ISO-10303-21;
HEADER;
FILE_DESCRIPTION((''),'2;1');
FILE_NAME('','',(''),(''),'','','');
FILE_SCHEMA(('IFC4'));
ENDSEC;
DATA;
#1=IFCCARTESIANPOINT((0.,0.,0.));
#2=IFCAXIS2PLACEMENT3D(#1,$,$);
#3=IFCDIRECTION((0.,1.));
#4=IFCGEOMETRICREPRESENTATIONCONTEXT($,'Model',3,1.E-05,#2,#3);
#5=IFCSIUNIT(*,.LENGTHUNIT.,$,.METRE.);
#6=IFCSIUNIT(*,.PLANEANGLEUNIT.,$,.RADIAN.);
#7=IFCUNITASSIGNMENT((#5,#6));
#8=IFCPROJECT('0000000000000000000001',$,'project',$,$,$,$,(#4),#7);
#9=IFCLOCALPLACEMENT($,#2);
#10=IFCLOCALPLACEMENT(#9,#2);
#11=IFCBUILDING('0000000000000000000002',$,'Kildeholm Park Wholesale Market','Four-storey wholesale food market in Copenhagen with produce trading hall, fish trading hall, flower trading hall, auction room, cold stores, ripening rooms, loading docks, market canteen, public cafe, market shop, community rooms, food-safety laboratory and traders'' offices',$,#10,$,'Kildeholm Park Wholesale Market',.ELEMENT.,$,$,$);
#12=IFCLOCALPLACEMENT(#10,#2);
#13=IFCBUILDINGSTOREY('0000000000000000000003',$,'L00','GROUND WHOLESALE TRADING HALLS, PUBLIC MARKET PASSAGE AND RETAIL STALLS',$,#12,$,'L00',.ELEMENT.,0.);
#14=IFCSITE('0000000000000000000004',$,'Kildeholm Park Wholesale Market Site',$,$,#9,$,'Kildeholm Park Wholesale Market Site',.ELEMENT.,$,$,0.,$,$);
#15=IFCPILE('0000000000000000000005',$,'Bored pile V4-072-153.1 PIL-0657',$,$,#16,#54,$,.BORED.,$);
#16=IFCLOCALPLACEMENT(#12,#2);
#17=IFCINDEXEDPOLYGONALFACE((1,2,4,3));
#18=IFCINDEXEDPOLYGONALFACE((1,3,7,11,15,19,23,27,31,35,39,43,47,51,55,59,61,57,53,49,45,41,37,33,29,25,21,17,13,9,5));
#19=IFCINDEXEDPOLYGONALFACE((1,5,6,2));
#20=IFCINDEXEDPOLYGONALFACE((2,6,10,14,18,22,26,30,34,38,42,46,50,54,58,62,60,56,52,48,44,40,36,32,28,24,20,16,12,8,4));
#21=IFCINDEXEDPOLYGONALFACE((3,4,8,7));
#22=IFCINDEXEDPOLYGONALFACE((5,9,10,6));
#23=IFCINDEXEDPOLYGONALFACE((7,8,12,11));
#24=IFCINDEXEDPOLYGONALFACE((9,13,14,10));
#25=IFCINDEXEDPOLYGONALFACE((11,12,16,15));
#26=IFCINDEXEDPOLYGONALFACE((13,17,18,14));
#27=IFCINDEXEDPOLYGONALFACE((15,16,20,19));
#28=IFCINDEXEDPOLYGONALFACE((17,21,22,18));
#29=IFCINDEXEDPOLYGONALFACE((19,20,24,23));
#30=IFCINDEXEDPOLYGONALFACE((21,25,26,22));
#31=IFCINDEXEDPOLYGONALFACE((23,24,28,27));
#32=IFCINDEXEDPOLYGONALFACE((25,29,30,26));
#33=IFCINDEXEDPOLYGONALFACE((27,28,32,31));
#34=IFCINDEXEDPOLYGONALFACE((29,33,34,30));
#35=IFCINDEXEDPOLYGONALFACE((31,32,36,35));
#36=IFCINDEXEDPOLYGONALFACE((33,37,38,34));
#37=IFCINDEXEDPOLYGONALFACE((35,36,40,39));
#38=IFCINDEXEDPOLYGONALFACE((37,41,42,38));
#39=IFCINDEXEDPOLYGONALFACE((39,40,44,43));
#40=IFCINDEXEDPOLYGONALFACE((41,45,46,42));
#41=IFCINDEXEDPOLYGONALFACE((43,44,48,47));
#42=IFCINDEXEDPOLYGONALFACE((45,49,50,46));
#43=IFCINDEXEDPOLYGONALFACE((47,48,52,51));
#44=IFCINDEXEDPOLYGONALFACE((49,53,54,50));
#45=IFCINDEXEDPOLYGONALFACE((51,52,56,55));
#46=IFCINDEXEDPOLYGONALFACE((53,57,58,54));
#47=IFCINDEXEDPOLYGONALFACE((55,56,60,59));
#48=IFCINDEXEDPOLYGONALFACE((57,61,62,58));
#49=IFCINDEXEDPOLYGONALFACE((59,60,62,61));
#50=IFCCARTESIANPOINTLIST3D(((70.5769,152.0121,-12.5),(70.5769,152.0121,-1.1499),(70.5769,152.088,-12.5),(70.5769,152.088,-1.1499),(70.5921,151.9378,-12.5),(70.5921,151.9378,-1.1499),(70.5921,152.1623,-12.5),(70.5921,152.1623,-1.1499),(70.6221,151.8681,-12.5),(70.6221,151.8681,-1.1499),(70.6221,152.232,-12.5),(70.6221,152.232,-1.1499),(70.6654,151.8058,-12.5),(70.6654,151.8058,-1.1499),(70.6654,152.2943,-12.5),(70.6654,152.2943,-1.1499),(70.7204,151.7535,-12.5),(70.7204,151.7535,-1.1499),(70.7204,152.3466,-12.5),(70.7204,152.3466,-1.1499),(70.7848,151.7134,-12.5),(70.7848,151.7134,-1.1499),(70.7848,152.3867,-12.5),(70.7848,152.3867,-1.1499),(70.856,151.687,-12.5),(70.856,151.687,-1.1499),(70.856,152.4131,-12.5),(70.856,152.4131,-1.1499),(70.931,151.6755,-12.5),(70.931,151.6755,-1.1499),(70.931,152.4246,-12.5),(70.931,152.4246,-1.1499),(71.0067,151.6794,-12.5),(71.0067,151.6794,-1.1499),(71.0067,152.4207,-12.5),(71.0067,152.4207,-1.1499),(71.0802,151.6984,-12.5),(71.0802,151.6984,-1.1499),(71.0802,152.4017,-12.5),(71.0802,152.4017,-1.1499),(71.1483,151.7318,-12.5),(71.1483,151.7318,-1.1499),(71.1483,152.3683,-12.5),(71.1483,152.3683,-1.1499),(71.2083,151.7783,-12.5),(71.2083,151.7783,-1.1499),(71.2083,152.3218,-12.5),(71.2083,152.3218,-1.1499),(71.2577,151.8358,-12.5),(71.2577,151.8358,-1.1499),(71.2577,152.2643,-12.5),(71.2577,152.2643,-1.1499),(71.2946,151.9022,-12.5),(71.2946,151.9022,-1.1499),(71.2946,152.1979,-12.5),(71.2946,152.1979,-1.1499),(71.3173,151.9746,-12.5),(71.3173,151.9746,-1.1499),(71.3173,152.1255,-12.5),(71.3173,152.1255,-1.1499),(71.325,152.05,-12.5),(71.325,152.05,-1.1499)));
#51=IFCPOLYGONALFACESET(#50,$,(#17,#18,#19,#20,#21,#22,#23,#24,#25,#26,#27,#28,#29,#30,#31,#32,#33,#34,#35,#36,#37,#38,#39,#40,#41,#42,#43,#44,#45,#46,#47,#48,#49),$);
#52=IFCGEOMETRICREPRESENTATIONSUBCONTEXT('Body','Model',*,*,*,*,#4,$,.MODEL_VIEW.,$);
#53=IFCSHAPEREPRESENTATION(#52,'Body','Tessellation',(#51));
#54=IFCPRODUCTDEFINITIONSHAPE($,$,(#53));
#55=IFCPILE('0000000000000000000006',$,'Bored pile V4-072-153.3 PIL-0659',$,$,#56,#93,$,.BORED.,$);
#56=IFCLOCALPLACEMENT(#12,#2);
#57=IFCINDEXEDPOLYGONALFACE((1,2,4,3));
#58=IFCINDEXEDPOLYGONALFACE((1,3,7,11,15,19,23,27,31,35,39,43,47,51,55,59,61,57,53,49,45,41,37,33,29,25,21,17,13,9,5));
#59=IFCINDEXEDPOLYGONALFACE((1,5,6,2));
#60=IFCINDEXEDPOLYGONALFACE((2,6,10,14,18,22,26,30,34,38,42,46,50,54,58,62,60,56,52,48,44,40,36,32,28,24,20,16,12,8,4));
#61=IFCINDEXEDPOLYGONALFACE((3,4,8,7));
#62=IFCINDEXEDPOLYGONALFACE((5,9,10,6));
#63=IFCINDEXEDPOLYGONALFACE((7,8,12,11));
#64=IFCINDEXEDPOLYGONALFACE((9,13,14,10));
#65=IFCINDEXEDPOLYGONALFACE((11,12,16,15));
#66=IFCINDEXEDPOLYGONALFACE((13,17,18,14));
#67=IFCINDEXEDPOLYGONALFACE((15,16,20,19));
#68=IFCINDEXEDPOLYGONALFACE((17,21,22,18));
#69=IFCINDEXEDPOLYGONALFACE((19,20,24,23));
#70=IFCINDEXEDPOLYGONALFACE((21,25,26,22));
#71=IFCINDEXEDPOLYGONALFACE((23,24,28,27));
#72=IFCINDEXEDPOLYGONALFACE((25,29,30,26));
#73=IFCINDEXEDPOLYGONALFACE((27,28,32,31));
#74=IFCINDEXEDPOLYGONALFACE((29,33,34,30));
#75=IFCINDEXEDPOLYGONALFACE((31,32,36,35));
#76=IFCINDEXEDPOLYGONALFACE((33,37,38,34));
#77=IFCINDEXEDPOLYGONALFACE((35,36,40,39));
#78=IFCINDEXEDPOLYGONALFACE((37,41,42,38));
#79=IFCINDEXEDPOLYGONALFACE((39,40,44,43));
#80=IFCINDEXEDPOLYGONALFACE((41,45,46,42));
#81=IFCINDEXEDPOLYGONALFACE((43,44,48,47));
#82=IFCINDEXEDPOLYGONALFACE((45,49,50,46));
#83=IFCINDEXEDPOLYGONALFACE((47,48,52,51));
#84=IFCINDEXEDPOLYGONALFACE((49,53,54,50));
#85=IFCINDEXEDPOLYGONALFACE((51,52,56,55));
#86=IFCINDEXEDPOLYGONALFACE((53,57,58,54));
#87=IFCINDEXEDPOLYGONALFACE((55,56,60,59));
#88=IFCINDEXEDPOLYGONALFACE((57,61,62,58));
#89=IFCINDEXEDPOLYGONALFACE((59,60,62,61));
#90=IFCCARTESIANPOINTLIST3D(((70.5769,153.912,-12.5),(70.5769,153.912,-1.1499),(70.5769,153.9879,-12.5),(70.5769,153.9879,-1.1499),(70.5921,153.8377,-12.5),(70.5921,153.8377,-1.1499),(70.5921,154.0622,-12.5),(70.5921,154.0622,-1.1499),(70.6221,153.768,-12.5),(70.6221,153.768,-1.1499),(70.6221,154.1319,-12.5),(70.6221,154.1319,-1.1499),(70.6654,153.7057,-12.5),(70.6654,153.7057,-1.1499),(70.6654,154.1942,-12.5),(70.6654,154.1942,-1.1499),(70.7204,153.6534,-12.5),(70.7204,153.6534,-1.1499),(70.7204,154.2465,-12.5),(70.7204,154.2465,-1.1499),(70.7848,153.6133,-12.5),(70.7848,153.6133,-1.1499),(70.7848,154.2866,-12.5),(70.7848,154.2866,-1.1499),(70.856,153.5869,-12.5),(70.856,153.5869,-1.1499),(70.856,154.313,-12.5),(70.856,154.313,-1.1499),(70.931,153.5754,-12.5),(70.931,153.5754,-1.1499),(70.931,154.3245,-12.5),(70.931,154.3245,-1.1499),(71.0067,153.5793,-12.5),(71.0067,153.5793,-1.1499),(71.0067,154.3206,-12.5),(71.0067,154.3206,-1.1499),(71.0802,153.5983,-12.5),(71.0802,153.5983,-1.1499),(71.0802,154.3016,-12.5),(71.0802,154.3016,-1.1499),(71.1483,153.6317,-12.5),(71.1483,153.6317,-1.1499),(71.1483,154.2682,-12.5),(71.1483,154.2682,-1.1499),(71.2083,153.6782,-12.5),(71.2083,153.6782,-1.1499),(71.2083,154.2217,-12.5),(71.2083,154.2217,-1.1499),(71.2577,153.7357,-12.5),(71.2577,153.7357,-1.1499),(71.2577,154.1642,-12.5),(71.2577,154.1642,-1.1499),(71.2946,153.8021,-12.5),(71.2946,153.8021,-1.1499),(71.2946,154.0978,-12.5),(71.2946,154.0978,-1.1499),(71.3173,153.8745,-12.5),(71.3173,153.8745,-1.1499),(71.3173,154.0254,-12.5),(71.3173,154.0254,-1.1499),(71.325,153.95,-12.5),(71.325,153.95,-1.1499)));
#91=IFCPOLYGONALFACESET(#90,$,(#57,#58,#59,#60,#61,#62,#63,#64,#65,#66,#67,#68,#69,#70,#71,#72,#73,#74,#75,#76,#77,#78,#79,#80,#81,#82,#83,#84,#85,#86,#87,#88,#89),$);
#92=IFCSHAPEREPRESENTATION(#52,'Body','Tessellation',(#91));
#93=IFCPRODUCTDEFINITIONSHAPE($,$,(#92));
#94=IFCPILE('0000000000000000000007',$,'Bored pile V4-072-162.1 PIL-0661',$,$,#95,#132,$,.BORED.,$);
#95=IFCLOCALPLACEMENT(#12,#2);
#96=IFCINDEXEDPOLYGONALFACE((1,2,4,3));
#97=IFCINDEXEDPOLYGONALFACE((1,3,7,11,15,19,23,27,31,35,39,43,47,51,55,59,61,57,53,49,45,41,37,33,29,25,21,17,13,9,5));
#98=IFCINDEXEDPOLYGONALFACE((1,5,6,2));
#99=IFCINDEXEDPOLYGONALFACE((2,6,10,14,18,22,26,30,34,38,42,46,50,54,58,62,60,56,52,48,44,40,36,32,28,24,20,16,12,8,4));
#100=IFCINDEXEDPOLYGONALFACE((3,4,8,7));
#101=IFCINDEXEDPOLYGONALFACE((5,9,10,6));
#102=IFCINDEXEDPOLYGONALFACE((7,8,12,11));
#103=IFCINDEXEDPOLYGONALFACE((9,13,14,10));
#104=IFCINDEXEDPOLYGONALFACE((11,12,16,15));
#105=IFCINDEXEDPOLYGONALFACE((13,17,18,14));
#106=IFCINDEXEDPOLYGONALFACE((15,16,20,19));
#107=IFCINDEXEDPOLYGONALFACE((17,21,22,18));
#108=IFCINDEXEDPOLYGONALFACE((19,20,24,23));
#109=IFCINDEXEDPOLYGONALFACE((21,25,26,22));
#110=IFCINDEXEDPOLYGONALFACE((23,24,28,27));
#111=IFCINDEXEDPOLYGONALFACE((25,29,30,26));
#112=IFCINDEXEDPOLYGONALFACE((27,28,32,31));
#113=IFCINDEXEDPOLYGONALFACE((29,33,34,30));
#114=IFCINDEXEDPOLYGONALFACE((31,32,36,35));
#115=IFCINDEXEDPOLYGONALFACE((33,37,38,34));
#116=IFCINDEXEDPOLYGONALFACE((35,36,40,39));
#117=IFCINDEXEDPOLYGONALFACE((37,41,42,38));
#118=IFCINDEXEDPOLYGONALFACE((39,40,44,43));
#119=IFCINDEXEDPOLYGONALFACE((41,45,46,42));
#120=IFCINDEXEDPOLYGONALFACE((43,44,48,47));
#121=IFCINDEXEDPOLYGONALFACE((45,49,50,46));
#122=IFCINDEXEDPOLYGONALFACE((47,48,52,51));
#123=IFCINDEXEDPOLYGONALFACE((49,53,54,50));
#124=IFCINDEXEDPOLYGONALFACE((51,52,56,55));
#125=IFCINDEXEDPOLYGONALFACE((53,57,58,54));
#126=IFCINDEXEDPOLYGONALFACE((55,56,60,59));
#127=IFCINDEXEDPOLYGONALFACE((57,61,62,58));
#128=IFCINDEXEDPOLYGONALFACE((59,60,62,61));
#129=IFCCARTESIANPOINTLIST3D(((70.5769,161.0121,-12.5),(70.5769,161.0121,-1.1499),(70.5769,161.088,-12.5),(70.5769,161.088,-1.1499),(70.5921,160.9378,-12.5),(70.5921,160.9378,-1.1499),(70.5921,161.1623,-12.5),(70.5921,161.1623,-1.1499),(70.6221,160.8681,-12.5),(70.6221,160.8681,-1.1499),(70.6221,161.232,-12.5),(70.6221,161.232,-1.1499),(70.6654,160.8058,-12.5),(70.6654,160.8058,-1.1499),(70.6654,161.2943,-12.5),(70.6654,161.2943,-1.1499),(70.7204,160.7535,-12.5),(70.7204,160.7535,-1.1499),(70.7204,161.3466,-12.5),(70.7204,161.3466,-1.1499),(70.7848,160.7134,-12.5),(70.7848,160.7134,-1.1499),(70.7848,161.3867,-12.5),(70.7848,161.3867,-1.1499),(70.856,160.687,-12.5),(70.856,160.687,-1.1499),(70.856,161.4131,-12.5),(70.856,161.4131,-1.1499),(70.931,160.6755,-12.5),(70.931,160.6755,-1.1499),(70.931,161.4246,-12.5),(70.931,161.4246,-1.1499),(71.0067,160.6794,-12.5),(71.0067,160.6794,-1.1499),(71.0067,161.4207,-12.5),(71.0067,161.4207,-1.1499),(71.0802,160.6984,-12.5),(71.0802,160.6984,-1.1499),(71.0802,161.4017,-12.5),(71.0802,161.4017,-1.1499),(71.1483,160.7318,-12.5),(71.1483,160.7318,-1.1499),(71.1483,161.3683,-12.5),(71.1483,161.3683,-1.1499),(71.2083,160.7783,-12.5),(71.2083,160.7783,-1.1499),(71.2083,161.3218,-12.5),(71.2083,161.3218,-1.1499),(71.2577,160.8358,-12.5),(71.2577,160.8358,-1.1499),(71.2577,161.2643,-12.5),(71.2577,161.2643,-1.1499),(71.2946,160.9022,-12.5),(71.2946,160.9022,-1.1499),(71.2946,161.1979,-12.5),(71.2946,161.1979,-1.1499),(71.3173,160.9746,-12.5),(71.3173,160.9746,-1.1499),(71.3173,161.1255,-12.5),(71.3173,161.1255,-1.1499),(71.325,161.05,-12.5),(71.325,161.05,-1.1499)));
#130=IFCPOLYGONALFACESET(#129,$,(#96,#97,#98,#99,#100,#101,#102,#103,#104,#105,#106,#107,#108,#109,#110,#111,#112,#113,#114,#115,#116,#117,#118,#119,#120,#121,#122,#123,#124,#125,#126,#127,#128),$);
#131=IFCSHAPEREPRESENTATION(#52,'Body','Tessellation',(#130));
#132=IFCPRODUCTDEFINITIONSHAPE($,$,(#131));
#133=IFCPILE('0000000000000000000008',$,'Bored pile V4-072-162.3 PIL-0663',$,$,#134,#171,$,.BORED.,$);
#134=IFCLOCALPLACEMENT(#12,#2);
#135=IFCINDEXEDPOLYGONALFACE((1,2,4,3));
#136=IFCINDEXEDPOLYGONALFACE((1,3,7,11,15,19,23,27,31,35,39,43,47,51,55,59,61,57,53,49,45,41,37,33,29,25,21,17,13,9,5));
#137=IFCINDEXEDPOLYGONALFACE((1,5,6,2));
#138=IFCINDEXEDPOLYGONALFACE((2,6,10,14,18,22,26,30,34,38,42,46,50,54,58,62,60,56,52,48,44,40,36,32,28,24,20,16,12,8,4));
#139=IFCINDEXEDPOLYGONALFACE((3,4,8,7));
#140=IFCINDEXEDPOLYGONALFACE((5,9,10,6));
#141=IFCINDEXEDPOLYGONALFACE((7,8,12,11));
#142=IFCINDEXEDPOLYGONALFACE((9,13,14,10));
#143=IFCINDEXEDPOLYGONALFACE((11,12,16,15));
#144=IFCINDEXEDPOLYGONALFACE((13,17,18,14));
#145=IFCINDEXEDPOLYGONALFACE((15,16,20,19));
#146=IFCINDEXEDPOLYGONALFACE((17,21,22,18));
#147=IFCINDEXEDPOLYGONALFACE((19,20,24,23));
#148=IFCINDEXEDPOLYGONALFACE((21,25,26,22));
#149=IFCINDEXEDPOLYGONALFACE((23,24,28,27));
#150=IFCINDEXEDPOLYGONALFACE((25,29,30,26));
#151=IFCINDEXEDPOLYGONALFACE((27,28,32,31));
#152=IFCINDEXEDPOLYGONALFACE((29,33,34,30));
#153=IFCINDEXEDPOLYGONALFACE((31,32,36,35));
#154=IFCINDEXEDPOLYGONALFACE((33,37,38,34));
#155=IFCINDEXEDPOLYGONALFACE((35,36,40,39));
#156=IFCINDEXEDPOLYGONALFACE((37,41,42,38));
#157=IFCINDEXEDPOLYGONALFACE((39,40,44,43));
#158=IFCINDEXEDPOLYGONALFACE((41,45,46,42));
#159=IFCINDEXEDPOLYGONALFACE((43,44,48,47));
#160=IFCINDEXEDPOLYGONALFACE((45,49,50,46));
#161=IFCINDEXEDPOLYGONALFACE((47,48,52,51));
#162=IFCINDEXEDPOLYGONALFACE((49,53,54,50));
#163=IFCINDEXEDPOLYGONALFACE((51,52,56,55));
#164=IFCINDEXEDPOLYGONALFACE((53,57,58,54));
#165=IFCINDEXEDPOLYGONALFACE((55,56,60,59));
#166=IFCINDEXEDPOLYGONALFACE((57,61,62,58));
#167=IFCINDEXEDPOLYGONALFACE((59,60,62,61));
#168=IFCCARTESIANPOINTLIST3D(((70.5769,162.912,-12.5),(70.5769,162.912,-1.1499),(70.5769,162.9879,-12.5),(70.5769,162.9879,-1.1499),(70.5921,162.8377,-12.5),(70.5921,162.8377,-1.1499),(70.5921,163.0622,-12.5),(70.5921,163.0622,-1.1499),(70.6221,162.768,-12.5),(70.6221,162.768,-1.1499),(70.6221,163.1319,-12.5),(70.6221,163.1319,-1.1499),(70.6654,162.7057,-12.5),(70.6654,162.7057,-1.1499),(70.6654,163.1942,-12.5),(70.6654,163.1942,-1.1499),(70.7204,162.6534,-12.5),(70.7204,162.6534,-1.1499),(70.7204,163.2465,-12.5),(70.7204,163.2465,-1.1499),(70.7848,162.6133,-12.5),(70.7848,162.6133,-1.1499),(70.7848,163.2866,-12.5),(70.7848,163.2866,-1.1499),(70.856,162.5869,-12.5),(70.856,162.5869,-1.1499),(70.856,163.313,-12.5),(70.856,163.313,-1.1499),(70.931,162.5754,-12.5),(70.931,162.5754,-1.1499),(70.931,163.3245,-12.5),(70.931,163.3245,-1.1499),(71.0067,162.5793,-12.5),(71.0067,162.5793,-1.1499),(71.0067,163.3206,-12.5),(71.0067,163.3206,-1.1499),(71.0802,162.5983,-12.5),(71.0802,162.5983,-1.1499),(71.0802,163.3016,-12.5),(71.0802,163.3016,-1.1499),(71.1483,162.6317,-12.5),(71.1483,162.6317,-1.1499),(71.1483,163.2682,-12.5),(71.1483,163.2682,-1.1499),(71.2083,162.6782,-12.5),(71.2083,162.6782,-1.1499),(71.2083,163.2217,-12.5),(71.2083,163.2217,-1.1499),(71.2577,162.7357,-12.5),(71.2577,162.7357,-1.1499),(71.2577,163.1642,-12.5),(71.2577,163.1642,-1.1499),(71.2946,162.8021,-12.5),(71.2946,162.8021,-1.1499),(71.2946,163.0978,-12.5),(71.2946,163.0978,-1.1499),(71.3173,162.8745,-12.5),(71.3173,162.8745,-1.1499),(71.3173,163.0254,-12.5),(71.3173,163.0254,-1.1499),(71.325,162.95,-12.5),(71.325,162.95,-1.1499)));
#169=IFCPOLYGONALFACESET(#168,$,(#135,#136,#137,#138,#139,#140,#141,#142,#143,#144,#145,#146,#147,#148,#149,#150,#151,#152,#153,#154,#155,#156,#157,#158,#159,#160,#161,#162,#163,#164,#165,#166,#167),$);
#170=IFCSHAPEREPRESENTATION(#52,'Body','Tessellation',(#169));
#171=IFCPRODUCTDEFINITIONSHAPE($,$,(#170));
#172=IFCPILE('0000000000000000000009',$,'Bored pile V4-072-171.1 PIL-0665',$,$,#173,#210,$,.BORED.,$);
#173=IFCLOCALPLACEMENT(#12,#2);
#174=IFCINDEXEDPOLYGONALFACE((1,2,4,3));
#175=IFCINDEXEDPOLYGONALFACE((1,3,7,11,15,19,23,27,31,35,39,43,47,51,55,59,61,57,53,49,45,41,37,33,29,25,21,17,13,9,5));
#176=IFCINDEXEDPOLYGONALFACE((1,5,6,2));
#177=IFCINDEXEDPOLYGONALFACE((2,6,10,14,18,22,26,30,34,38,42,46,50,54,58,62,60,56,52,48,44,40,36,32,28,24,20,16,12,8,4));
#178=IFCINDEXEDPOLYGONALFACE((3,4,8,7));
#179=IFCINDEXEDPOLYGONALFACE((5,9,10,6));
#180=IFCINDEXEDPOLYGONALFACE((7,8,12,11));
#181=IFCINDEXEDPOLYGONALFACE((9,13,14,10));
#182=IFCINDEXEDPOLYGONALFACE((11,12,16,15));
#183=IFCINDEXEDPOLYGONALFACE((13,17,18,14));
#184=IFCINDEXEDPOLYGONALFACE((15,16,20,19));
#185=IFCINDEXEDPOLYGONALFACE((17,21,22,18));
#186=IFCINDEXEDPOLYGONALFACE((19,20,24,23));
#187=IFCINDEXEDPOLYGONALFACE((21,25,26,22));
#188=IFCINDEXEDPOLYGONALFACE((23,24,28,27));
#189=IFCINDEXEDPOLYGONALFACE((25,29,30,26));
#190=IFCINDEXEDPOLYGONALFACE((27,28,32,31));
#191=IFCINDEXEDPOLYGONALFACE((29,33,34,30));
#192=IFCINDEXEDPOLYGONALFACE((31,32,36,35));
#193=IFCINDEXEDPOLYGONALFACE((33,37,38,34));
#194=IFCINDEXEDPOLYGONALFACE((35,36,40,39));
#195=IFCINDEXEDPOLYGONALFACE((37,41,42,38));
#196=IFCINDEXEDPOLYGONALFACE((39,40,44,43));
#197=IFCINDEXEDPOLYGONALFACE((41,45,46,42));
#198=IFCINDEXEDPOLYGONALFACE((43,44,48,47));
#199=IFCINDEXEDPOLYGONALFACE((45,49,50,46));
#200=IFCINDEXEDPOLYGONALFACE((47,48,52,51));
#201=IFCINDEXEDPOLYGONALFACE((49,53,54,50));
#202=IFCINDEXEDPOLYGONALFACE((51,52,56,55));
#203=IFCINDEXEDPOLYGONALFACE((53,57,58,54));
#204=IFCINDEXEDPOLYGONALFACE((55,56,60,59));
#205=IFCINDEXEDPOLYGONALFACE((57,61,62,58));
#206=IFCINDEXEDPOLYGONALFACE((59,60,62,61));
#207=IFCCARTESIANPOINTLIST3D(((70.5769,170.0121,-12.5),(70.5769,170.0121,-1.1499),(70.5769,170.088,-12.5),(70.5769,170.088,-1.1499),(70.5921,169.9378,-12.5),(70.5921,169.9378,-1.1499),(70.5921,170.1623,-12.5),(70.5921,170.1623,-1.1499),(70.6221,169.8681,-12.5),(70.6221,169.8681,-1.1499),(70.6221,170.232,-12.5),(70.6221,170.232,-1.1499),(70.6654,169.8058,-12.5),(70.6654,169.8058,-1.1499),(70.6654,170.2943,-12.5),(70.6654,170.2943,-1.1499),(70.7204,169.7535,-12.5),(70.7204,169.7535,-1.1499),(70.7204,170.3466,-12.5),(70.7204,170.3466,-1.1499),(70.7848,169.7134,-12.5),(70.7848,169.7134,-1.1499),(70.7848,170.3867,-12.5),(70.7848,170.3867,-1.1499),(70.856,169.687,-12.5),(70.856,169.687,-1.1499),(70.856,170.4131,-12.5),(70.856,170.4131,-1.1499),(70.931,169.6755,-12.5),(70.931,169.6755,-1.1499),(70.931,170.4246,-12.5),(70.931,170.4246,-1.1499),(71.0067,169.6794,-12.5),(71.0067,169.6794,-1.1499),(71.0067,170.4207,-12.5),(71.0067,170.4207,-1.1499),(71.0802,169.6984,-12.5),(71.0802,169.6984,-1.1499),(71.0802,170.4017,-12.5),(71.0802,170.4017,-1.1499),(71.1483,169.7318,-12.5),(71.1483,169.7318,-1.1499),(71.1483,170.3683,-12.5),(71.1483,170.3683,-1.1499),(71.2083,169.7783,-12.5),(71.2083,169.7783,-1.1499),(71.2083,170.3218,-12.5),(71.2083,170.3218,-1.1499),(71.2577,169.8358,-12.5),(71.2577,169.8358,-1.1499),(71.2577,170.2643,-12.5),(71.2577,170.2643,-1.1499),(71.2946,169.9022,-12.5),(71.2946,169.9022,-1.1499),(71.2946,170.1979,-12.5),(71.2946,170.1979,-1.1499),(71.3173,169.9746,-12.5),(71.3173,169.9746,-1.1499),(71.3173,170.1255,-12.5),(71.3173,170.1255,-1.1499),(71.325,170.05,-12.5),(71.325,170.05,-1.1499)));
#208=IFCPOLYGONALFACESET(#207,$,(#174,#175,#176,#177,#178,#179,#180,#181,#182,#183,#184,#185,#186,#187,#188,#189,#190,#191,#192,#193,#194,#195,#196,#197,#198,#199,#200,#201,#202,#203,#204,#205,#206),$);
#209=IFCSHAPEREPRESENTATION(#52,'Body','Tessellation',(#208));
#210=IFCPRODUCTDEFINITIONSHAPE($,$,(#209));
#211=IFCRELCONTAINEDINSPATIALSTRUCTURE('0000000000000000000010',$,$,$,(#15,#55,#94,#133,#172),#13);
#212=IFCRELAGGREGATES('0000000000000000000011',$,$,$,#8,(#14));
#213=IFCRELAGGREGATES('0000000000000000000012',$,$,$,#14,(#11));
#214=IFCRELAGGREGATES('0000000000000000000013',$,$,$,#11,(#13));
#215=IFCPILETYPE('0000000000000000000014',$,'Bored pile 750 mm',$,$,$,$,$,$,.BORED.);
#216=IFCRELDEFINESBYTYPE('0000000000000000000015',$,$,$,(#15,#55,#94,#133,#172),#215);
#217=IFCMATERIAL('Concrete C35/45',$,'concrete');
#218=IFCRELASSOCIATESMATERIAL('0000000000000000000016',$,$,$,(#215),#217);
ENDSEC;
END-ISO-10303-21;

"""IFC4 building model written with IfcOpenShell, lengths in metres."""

from ifc_helpers import new_model, si_unit, direction, frame, origin, origin_2d, place, context, subcontext, project, spatial, circle, extrude, material, material_profile, profile_set, type_object, element, save


model = new_model("IFC4")

# Units and contexts
model_context = context("Model", 3, precision=1e-05, world=origin(), true_north=direction((0.0, 1.0)))
body_context = subcontext(model_context, "Body", "Model", "MODEL_VIEW")
ifc_project = project(units=[si_unit("LENGTHUNIT", "METRE"), si_unit("PLANEANGLEUNIT", "RADIAN")], contexts=[model_context])

# Site, building, storey
site_placement = place(None, origin())
site = spatial("IfcSite", under=ifc_project, at=site_placement, Name="Kildeholm Park Wholesale Market Site", LongName="Kildeholm Park Wholesale Market Site", CompositionType="ELEMENT", RefElevation=0.0)
building_placement = place(site_placement, origin())
building = spatial("IfcBuilding", under=site, at=building_placement, Name="Kildeholm Park Wholesale Market", Description="Four-storey wholesale food market in Copenhagen with produce trading hall, fish trading hall, flower trading hall, auction room, cold stores, ripening rooms, loading docks, market canteen, public cafe, market shop, community rooms, food-safety laboratory and traders' offices", LongName="Kildeholm Park Wholesale Market", CompositionType="ELEMENT")
storey_placement = place(building_placement, origin())
storey = spatial("IfcBuildingStorey", under=building, at=storey_placement, Name="L00", Description="GROUND WHOLESALE TRADING HALLS, PUBLIC MARKET PASSAGE AND RETAIL STALLS", LongName="L00", CompositionType="ELEMENT", Elevation=0.0)

# Piles
ifc_material_1 = material(Name="Concrete C35/45", Category="concrete")
ifc_material_profile_1 = material_profile(ifc_material_1, circle(Radius=0.375, at=origin_2d()), Name="PILE D750")
ifc_profile_set_1 = profile_set([ifc_material_profile_1], Name="Concrete C35/45")
pile_type = type_object("IfcPileType", Name="Bored pile 750 mm", PredefinedType="BORED", material=ifc_profile_set_1)
for number, where, z_axis, x_axis, name in (
    (1, (70.95, 152.05, -1.1499), (0.0, 0.0, -1.0), (1.0, 0.0, 0.0), "Bored pile V4-072-153.1 PIL-0657"),
    (2, (70.95, 153.95, -1.1499), (0.0, 0.0, -1.0), (1.0, 0.0, 0.0), "Bored pile V4-072-153.3 PIL-0659"),
    (3, (70.95, 161.05, -1.1499), (0.0, 0.0, -1.0), (1.0, 0.0, 0.0), "Bored pile V4-072-162.1 PIL-0661"),
    (4, (70.95, 162.95, -1.1499), (0.0, 0.0, -1.0), (1.0, 0.0, 0.0), "Bored pile V4-072-162.3 PIL-0663"),
    (5, (70.95, 170.05, -1.1499), (0.0, 0.0, -1.0), (1.0, 0.0, 0.0), "Bored pile V4-072-171.1 PIL-0665"),
):
    element("IfcPile", number, at=place(storey_placement, frame(where, z_axis=z_axis, x_axis=x_axis)), inside=storey, type_object=pile_type, Name=name, PredefinedType="BORED", context=body_context, shape_type="SweptSolid", body=[
        extrude(circle(Radius=0.375, at=origin_2d()), origin(), (0.0, 0.0, 1.0), 11.3501),
    ])

save(model, "model.ifc")
